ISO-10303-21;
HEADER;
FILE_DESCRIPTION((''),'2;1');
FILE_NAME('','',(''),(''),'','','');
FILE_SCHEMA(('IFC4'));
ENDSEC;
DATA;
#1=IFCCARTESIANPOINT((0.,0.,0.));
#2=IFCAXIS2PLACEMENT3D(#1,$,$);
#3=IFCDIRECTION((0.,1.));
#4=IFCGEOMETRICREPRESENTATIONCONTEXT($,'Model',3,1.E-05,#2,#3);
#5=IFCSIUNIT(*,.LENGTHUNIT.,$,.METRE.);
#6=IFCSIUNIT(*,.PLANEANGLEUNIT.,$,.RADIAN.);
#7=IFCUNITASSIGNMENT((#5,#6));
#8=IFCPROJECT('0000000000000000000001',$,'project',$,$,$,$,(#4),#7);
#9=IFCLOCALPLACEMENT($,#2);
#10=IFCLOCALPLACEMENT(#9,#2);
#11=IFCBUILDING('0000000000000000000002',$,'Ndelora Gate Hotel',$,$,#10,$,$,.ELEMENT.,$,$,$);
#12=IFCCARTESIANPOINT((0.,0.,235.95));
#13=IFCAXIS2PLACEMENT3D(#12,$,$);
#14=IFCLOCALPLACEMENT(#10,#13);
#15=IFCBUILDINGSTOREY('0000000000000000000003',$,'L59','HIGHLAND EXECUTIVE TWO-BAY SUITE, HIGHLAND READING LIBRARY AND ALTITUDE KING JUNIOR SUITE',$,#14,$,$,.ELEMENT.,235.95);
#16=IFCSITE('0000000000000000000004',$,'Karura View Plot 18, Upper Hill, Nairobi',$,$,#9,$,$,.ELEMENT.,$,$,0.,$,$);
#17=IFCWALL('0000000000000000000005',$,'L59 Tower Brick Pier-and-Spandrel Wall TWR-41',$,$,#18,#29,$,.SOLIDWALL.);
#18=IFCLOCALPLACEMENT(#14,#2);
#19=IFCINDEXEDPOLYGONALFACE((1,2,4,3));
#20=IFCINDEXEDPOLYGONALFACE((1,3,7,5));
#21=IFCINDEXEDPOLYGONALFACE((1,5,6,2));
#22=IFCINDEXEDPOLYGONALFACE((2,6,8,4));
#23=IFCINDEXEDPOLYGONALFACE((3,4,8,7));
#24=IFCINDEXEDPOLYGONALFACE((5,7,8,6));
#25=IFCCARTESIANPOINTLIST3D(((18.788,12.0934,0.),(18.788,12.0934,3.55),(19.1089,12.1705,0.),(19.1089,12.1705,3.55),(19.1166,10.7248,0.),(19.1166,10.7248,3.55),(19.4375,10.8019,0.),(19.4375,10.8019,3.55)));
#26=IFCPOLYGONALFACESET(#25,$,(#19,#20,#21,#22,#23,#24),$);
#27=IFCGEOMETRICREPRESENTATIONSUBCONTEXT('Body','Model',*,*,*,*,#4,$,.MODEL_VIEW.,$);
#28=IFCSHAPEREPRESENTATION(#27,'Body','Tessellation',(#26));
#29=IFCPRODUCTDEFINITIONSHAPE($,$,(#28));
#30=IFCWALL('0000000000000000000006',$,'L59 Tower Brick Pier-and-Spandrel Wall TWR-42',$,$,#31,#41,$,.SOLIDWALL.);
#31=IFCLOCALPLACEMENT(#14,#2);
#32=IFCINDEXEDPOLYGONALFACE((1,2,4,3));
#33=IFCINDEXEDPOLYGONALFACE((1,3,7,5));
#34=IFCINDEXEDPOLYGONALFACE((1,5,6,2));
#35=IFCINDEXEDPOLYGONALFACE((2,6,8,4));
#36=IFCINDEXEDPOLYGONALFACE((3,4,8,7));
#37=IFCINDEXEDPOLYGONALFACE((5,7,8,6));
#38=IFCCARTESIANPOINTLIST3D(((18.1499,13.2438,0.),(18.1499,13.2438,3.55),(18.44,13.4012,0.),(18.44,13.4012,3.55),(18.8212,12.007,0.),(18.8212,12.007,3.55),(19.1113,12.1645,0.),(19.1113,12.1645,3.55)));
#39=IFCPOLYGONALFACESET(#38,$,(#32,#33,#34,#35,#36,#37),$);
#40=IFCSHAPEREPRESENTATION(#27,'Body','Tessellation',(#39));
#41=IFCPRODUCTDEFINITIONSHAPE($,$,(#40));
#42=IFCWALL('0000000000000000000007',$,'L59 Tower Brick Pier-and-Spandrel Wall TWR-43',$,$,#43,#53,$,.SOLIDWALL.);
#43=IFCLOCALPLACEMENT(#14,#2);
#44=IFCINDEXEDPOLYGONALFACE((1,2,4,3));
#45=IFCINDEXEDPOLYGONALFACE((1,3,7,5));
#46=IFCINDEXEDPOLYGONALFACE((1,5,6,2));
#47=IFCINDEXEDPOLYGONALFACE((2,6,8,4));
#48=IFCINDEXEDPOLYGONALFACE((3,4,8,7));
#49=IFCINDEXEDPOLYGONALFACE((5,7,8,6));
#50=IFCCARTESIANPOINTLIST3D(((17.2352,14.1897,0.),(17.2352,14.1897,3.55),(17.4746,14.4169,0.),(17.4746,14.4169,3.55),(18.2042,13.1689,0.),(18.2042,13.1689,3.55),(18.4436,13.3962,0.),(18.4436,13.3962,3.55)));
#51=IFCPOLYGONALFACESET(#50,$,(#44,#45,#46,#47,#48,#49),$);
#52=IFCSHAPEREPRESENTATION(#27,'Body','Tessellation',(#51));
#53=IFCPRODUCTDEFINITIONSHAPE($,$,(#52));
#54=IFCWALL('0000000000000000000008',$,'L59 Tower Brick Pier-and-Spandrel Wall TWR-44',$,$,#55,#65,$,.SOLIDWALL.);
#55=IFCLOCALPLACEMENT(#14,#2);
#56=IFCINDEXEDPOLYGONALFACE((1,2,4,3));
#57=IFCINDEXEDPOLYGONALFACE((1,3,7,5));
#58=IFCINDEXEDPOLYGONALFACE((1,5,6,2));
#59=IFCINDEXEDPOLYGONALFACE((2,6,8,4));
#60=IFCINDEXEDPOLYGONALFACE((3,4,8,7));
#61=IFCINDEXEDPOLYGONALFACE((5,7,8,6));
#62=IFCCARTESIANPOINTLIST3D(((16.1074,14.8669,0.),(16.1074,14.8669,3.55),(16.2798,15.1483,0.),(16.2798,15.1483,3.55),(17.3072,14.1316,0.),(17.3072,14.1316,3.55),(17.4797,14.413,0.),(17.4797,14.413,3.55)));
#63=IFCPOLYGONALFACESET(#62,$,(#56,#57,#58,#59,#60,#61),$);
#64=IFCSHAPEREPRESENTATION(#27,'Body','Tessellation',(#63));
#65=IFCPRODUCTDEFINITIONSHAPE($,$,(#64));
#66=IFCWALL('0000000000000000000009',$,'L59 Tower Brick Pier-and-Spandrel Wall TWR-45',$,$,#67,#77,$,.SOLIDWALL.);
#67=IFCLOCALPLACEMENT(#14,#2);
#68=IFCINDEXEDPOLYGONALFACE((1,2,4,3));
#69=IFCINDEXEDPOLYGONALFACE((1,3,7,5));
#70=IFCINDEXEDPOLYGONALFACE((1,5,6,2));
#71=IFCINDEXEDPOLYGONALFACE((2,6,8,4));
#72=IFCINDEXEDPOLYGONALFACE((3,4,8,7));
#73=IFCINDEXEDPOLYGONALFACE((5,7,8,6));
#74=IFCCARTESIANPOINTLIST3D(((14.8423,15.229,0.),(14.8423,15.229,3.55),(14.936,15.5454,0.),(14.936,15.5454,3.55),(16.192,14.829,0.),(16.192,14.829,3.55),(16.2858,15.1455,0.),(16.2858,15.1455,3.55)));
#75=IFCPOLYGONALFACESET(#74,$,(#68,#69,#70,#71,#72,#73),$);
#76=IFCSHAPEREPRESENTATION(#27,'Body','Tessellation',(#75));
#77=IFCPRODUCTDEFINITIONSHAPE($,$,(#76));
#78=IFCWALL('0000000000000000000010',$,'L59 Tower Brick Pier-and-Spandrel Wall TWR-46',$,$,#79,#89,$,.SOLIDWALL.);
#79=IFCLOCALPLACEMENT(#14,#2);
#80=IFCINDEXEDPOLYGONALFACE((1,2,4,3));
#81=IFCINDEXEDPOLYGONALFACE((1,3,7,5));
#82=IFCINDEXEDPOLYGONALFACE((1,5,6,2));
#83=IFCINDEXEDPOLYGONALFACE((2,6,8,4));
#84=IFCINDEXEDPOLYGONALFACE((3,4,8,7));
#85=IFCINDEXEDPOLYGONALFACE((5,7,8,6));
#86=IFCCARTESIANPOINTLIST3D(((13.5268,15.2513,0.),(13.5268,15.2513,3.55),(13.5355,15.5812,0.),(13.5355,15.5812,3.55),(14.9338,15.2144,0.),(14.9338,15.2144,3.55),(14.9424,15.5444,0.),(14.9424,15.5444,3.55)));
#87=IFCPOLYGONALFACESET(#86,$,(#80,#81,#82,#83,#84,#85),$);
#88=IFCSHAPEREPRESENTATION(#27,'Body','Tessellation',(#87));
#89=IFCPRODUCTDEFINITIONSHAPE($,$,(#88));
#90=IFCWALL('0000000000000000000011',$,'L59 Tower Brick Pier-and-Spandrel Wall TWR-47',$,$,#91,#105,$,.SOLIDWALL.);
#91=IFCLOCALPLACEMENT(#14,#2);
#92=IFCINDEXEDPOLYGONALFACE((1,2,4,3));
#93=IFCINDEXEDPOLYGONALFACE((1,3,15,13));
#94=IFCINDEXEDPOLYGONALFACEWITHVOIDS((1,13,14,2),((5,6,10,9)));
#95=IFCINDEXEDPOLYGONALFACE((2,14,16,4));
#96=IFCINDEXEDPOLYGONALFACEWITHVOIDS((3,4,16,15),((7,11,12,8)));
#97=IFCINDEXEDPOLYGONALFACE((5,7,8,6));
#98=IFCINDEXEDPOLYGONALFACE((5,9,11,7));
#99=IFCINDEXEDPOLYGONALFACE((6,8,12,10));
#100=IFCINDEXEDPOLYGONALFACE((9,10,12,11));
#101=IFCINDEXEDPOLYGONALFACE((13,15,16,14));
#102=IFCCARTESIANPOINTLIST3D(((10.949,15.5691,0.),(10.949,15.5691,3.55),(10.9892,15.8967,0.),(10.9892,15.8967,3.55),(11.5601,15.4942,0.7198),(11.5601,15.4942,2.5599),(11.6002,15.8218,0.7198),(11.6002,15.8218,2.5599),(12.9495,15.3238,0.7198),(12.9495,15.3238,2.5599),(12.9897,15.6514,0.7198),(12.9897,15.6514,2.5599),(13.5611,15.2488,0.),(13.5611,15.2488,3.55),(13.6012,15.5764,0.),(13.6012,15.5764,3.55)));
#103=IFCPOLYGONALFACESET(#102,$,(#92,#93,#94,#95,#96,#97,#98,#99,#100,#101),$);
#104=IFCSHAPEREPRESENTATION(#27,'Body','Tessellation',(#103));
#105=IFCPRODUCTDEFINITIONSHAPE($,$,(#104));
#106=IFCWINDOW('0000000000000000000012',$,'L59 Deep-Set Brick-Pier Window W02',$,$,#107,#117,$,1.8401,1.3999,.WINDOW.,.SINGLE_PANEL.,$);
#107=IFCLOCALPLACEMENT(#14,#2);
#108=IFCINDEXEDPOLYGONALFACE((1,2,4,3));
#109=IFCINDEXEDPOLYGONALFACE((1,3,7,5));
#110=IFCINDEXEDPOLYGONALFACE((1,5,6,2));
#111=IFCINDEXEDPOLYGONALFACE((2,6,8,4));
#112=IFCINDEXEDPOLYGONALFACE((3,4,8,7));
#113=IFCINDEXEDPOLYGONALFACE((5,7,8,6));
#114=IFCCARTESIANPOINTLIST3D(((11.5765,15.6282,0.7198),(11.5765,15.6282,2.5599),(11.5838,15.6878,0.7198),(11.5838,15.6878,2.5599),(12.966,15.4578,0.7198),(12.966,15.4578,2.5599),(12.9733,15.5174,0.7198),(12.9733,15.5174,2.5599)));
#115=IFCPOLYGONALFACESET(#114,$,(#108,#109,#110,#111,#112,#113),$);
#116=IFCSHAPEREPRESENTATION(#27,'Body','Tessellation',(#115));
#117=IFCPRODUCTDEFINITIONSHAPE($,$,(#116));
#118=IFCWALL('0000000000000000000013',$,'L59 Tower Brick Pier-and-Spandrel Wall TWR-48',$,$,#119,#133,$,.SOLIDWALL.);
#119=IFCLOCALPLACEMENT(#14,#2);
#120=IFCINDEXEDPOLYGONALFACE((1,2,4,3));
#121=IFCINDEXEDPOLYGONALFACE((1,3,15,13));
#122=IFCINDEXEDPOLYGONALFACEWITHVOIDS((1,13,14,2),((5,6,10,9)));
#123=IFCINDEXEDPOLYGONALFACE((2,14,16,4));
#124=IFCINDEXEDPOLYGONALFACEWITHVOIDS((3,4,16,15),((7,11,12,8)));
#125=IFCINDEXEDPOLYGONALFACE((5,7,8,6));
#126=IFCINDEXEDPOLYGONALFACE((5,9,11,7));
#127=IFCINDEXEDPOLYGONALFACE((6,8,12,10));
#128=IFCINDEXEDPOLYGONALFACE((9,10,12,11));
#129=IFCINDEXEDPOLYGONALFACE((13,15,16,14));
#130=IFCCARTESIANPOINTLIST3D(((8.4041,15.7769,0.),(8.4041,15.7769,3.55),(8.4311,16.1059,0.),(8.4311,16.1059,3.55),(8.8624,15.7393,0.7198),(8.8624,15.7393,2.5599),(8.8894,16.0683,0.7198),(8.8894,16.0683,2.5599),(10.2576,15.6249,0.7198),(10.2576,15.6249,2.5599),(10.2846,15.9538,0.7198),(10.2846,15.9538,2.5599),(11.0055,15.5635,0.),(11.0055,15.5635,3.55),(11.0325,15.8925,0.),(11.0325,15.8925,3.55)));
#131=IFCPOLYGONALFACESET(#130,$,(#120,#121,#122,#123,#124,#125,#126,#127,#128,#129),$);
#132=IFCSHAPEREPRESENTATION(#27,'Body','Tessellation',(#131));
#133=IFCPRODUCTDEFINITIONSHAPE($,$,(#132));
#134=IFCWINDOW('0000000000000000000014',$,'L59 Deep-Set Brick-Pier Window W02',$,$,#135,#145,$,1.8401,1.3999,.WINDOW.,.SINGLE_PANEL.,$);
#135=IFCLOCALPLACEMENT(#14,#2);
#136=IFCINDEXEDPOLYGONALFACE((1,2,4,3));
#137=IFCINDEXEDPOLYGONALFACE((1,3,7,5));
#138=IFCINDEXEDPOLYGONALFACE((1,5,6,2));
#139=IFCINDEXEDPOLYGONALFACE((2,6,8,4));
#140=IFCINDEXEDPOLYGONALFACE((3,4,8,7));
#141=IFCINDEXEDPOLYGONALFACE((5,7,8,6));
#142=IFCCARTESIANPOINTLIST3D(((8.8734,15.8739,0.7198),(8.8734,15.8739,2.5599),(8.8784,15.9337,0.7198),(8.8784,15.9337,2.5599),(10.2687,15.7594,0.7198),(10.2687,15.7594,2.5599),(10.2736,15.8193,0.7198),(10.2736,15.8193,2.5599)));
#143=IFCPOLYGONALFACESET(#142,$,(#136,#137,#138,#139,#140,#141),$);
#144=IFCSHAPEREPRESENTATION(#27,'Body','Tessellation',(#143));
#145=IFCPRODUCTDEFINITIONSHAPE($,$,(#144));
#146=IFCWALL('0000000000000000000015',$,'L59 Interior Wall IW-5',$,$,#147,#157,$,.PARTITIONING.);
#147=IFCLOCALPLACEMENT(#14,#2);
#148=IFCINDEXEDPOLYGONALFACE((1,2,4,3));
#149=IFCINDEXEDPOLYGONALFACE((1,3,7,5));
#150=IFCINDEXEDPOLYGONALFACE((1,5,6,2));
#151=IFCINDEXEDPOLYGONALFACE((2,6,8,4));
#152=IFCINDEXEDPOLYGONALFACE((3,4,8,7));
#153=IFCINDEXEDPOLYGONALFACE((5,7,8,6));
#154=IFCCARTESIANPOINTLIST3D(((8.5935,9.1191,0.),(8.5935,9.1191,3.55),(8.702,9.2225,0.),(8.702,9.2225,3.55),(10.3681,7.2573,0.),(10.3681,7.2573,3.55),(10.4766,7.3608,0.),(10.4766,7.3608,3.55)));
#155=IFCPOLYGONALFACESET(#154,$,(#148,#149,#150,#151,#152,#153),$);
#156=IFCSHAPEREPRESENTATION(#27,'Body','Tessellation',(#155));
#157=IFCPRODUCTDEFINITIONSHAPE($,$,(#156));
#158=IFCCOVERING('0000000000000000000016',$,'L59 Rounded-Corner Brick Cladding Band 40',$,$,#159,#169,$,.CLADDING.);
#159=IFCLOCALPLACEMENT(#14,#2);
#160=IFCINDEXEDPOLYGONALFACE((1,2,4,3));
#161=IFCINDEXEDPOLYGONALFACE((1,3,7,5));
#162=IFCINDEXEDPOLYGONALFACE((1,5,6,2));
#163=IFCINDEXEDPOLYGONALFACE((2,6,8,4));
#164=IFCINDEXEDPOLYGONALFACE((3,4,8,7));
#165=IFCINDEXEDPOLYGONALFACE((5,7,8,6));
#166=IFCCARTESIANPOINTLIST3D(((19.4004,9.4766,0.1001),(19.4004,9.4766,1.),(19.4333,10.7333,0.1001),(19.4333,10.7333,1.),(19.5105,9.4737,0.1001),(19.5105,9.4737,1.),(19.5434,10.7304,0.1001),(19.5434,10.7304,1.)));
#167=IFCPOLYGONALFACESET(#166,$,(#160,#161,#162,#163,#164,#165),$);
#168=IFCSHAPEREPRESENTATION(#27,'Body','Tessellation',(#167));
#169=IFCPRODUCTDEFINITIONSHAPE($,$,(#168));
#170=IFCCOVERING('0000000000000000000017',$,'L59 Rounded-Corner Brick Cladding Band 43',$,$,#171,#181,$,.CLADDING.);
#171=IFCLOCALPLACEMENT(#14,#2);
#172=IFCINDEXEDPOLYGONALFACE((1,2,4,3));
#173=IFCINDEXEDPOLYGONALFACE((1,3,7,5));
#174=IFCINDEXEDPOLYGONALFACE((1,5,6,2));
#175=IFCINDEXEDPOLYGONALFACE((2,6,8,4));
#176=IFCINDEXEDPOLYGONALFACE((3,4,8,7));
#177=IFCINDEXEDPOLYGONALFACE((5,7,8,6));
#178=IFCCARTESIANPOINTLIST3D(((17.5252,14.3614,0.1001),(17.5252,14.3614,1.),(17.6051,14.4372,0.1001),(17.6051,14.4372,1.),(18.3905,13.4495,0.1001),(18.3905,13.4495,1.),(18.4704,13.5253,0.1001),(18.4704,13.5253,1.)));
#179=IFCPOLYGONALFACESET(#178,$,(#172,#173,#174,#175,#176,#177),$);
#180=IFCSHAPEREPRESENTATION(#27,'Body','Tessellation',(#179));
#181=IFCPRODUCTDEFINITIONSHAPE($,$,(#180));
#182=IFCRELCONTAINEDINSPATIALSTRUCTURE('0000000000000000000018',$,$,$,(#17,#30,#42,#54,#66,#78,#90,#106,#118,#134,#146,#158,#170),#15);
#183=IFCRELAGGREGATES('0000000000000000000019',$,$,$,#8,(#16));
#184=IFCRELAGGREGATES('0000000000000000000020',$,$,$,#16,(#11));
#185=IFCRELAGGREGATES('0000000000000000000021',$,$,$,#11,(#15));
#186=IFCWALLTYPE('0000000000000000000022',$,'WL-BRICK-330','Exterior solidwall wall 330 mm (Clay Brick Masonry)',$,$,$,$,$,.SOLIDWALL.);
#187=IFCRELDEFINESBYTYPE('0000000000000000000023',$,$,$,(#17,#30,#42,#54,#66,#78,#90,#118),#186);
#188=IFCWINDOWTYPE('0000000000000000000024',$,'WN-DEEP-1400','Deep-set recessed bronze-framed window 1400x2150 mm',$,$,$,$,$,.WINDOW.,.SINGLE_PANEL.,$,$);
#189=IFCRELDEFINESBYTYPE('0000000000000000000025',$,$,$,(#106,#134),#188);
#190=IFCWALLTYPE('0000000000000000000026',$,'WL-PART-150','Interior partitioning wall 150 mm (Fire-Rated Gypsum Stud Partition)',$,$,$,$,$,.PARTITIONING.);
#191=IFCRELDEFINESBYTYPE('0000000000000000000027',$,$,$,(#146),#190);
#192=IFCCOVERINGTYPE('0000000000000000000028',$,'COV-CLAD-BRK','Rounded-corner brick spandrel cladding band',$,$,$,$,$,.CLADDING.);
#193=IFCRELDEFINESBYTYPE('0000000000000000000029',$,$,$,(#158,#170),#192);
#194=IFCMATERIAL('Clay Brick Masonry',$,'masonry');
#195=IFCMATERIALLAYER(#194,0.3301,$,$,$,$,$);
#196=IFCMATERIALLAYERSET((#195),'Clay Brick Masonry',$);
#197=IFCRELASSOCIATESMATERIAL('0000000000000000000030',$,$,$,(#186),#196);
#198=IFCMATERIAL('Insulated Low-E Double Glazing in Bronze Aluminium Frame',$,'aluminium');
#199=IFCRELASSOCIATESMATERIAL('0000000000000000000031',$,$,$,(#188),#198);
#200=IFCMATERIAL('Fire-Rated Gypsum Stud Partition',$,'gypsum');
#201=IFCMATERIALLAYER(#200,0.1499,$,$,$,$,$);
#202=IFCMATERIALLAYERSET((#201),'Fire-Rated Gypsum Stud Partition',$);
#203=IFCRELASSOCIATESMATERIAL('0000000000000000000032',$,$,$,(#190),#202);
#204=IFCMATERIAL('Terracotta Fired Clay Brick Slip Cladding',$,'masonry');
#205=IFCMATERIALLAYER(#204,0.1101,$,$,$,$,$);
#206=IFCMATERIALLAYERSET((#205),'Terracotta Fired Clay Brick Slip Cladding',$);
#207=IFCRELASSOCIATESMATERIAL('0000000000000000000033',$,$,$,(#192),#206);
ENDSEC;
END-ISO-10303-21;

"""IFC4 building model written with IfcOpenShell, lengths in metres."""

from ifc_helpers import new_model, si_unit, direction, frame, frame_2d, origin, origin_2d, place, context, subcontext, project, spatial, rectangle, extrude, material, layer, layer_set, type_object, element, fill, save


model = new_model("IFC4")

# Units and contexts
model_context = context("Model", 3, precision=1e-05, world=origin(), true_north=direction((0.0, 1.0)))
body_context = subcontext(model_context, "Body", "Model", "MODEL_VIEW")
ifc_project = project(units=[si_unit("LENGTHUNIT", "METRE"), si_unit("PLANEANGLEUNIT", "RADIAN")], contexts=[model_context])

# Site, building, storey
site_placement = place(None, origin())
site = spatial("IfcSite", under=ifc_project, at=site_placement, Name="Karura View Plot 18, Upper Hill, Nairobi", CompositionType="ELEMENT", RefElevation=0.0)
building_placement = place(site_placement, origin())
building = spatial("IfcBuilding", under=site, at=building_placement, Name="Ndelora Gate Hotel", CompositionType="ELEMENT")
storey_placement = place(building_placement, frame((0.0, 0.0, 235.95)))
storey = spatial("IfcBuildingStorey", under=building, at=storey_placement, Name="L59", Description="HIGHLAND EXECUTIVE TWO-BAY SUITE, HIGHLAND READING LIBRARY AND ALTITUDE KING JUNIOR SUITE", CompositionType="ELEMENT", Elevation=235.95)

# Shared definitions
ifc_material_1 = material(Name="Clay Brick Masonry", Category="masonry")
ifc_layer_1 = layer(ifc_material_1, 0.3301)
ifc_layer_set_1 = layer_set([ifc_layer_1], Name="Clay Brick Masonry")
wall_type_1 = type_object("IfcWallType", Name="WL-BRICK-330", Description="Exterior solidwall wall 330 mm (Clay Brick Masonry)", PredefinedType="SOLIDWALL", material=ifc_layer_set_1)
ifc_material_2 = material(Name="Insulated Low-E Double Glazing in Bronze Aluminium Frame", Category="aluminium")
window_type = type_object("IfcWindowType", Name="WN-DEEP-1400", Description="Deep-set recessed bronze-framed window 1400x2150 mm", PartitioningType="SINGLE_PANEL", PredefinedType="WINDOW", material=ifc_material_2)

# Walls
for number, where, z_axis, x_axis, name in (
    (1, (18.9485, 12.1318, 0.0), (0.0, 0.0, 1.0), (0.233465, -0.972365, 0.0), "L59 Tower Brick Pier-and-Spandrel Wall TWR-41"),
):
    element("IfcWall", number, at=place(storey_placement, frame(where, z_axis=z_axis, x_axis=x_axis)), inside=storey, type_object=wall_type_1, Name=name, PredefinedType="SOLIDWALL", context=body_context, shape_type="SweptSolid", body=[
        extrude(rectangle(XDim=1.4075, YDim=0.3301, at=frame_2d((0.7036, 0.0))), origin(), (0.0, 0.0, 1.0), 3.55),
    ])
wall_1_placement = place(storey_placement, frame((18.2949, 13.3225, 0.0), z_axis=(0.0, 0.0, 1.0), x_axis=(0.477077, -0.878862, 0.0)))
element("IfcWall", 2, at=wall_1_placement, inside=storey, type_object=wall_type_1, Name="L59 Tower Brick Pier-and-Spandrel Wall TWR-42", PredefinedType="SOLIDWALL", context=body_context, shape_type="SweptSolid", body=[
    extrude(rectangle(XDim=1.4072, YDim=0.3301, at=frame_2d((0.7036, 0.0))), origin(), (0.0, 0.0, 1.0), 3.55),
])
wall_2_placement = place(storey_placement, frame((17.355, 14.3032, 0.0), z_axis=(0.0, 0.0, 1.0), x_axis=(0.68848, -0.725255, 0.0)))
element("IfcWall", 3, at=wall_2_placement, inside=storey, type_object=wall_type_1, Name="L59 Tower Brick Pier-and-Spandrel Wall TWR-43", PredefinedType="SOLIDWALL", context=body_context, shape_type="SweptSolid", body=[
    extrude(rectangle(XDim=1.4075, YDim=0.3301, at=frame_2d((0.7036, 0.0))), origin(), (0.0, 0.0, 1.0), 3.55),
])
wall_3_placement = place(storey_placement, frame((16.1936, 15.0076, 0.0), z_axis=(0.0, 0.0, 1.0), x_axis=(0.852634, -0.522509, 0.0)))
element("IfcWall", 4, at=wall_3_placement, inside=storey, type_object=wall_type_1, Name="L59 Tower Brick Pier-and-Spandrel Wall TWR-44", PredefinedType="SOLIDWALL", context=body_context, shape_type="SweptSolid", body=[
    extrude(rectangle(XDim=1.4072, YDim=0.3301, at=frame_2d((0.7036, 0.0))), origin(), (0.0, 0.0, 1.0), 3.55),
])
wall_4_placement = place(storey_placement, frame((14.8892, 15.3872, 0.0), z_axis=(0.0, 0.0, 1.0), x_axis=(0.958795, -0.2841, 0.0)))
element("IfcWall", 5, at=wall_4_placement, inside=storey, type_object=wall_type_1, Name="L59 Tower Brick Pier-and-Spandrel Wall TWR-45", PredefinedType="SOLIDWALL", context=body_context, shape_type="SweptSolid", body=[
    extrude(rectangle(XDim=1.4077, YDim=0.3301, at=frame_2d((0.7039, 0.0))), origin(), (0.0, 0.0, 1.0), 3.55),
])
wall_5_placement = place(storey_placement, frame((13.5312, 15.4163, 0.0), z_axis=(0.0, 0.0, 1.0), x_axis=(0.999657, -0.026193, 0.0)))
element("IfcWall", 6, at=wall_5_placement, inside=storey, type_object=wall_type_1, Name="L59 Tower Brick Pier-and-Spandrel Wall TWR-46", PredefinedType="SOLIDWALL", context=body_context, shape_type="SweptSolid", body=[
    extrude(rectangle(XDim=1.4075, YDim=0.3301, at=frame_2d((0.7036, 0.0))), origin(), (0.0, 0.0, 1.0), 3.55),
])

# Walls, openings, windows
wall_6_placement = place(storey_placement, frame((10.969, 15.7329, 0.0), z_axis=(0.0, 0.0, 1.0), x_axis=(0.992565, -0.121717, 0.0)))
wall_6 = element("IfcWall", 7, at=wall_6_placement, inside=storey, type_object=wall_type_1, Name="L59 Tower Brick Pier-and-Spandrel Wall TWR-47", PredefinedType="SOLIDWALL", context=body_context, shape_type="SweptSolid", body=[
    extrude(rectangle(XDim=2.6316, YDim=0.3301, at=frame_2d((1.3159, 0.0))), origin(), (0.0, 0.0, 1.0), 3.55),
])
opening_1_placement = place(wall_6_placement, frame((0.6157, 0.0, 0.72)))
opening_1 = element("IfcOpeningElement", 8, at=opening_1_placement, cuts=wall_6, PredefinedType="OPENING", context=body_context, shape_type="SweptSolid", body=[
    extrude(rectangle(XDim=1.3999, YDim=1.8401, at=frame_2d((0.7, 0.9199))), frame((0.0, 0.175, 0.0), z_axis=(0.0, -1.0, 0.0), x_axis=(1.0, 0.0, 0.0)), (0.0, 0.0, 1.0), 0.3501),
])
window_1_placement = place(opening_1_placement, origin())
window_1 = element("IfcWindow", 9, at=window_1_placement, inside=storey, type_object=window_type, Name="L59 Deep-Set Brick-Pier Window W02", OverallHeight=1.8401, OverallWidth=1.3999, PartitioningType="SINGLE_PANEL", PredefinedType="WINDOW", context=body_context, shape_type="SweptSolid", body=[
    extrude(rectangle(XDim=1.3999, YDim=1.8401, at=frame_2d((0.7, 0.9199))), frame((0.0, 0.03, 0.0), z_axis=(0.0, -1.0, 0.0), x_axis=(1.0, 0.0, 0.0)), (0.0, 0.0, 1.0), 0.0601),
])
fill(opening_1, window_1)
wall_7_placement = place(storey_placement, frame((8.4175, 15.9414, 0.0), z_axis=(0.0, 0.0, 1.0), x_axis=(0.996653, -0.081753, 0.0)))
wall_7 = element("IfcWall", 10, at=wall_7_placement, inside=storey, type_object=wall_type_1, Name="L59 Tower Brick Pier-and-Spandrel Wall TWR-48", PredefinedType="SOLIDWALL", context=body_context, shape_type="SweptSolid", body=[
    extrude(rectangle(XDim=2.6101, YDim=0.3301, at=frame_2d((1.3052, 0.0))), origin(), (0.0, 0.0, 1.0), 3.55),
])
opening_2_placement = place(wall_7_placement, frame((0.46, 0.0, 0.72)))
opening_2 = element("IfcOpeningElement", 11, at=opening_2_placement, cuts=wall_7, PredefinedType="OPENING", context=body_context, shape_type="SweptSolid", body=[
    extrude(rectangle(XDim=1.3999, YDim=1.8401, at=frame_2d((0.7, 0.9199))), frame((0.0, 0.175, 0.0), z_axis=(0.0, -1.0, 0.0), x_axis=(1.0, 0.0, 0.0)), (0.0, 0.0, 1.0), 0.3501),
])
window_2_placement = place(opening_2_placement, origin())
window_2 = element("IfcWindow", 12, at=window_2_placement, inside=storey, type_object=window_type, Name="L59 Deep-Set Brick-Pier Window W02", OverallHeight=1.8401, OverallWidth=1.3999, PartitioningType="SINGLE_PANEL", PredefinedType="WINDOW", context=body_context, shape_type="SweptSolid", body=[
    extrude(rectangle(XDim=1.3999, YDim=1.8401, at=frame_2d((0.7, 0.9199))), frame((0.0, 0.03, 0.0), z_axis=(0.0, -1.0, 0.0), x_axis=(1.0, 0.0, 0.0)), (0.0, 0.0, 1.0), 0.0601),
])
fill(opening_2, window_2)

# Wall
ifc_material_3 = material(Name="Fire-Rated Gypsum Stud Partition", Category="gypsum")
ifc_layer_2 = layer(ifc_material_3, 0.1499)
ifc_layer_set_2 = layer_set([ifc_layer_2], Name="Fire-Rated Gypsum Stud Partition")
wall_type_2 = type_object("IfcWallType", Name="WL-PART-150", Description="Interior partitioning wall 150 mm (Fire-Rated Gypsum Stud Partition)", PredefinedType="PARTITIONING", material=ifc_layer_set_2)
wall_8_placement = place(storey_placement, frame((8.6477, 9.1709, 0.0), z_axis=(0.0, 0.0, 1.0), x_axis=(0.689961, -0.723847, 0.0)))
element("IfcWall", 13, at=wall_8_placement, inside=storey, type_object=wall_type_2, Name="L59 Interior Wall IW-5", PredefinedType="PARTITIONING", context=body_context, shape_type="SweptSolid", body=[
    extrude(rectangle(XDim=2.572, YDim=0.1499, at=frame_2d((1.2861, 0.0))), origin(), (0.0, 0.0, 1.0), 3.55),
])

# Coverings
ifc_material_4 = material(Name="Terracotta Fired Clay Brick Slip Cladding", Category="masonry")
ifc_layer_3 = layer(ifc_material_4, 0.1101)
ifc_layer_set_3 = layer_set([ifc_layer_3], Name="Terracotta Fired Clay Brick Slip Cladding")
covering_type_1 = type_object("IfcCoveringType", Name="COV-CLAD-BRK", Description="Rounded-corner brick spandrel cladding band", PredefinedType="CLADDING", material=ifc_layer_set_3)
for number, where, z_axis, x_axis, name in (
    (14, (19.4719, 10.1035, 0.1001), (0.0, 0.0, 1.0), (0.026177, 0.999657, 0.0), "L59 Rounded-Corner Brick Cladding Band 40"),
    (15, (17.9978, 13.9434, 0.1001), (0.0, 0.0, 1.0), (-0.688355, 0.725374, 0.0), "L59 Rounded-Corner Brick Cladding Band 43"),
):
    element("IfcCovering", number, at=place(storey_placement, frame(where, z_axis=z_axis, x_axis=x_axis)), inside=storey, type_object=covering_type_1, Name=name, PredefinedType="CLADDING", context=body_context, shape_type="SweptSolid", body=[
        extrude(rectangle(XDim=1.2571, YDim=0.1101, at=origin_2d()), origin(), (0.0, 0.0, 1.0), 0.8999),
    ])

save(model, "model.ifc")
